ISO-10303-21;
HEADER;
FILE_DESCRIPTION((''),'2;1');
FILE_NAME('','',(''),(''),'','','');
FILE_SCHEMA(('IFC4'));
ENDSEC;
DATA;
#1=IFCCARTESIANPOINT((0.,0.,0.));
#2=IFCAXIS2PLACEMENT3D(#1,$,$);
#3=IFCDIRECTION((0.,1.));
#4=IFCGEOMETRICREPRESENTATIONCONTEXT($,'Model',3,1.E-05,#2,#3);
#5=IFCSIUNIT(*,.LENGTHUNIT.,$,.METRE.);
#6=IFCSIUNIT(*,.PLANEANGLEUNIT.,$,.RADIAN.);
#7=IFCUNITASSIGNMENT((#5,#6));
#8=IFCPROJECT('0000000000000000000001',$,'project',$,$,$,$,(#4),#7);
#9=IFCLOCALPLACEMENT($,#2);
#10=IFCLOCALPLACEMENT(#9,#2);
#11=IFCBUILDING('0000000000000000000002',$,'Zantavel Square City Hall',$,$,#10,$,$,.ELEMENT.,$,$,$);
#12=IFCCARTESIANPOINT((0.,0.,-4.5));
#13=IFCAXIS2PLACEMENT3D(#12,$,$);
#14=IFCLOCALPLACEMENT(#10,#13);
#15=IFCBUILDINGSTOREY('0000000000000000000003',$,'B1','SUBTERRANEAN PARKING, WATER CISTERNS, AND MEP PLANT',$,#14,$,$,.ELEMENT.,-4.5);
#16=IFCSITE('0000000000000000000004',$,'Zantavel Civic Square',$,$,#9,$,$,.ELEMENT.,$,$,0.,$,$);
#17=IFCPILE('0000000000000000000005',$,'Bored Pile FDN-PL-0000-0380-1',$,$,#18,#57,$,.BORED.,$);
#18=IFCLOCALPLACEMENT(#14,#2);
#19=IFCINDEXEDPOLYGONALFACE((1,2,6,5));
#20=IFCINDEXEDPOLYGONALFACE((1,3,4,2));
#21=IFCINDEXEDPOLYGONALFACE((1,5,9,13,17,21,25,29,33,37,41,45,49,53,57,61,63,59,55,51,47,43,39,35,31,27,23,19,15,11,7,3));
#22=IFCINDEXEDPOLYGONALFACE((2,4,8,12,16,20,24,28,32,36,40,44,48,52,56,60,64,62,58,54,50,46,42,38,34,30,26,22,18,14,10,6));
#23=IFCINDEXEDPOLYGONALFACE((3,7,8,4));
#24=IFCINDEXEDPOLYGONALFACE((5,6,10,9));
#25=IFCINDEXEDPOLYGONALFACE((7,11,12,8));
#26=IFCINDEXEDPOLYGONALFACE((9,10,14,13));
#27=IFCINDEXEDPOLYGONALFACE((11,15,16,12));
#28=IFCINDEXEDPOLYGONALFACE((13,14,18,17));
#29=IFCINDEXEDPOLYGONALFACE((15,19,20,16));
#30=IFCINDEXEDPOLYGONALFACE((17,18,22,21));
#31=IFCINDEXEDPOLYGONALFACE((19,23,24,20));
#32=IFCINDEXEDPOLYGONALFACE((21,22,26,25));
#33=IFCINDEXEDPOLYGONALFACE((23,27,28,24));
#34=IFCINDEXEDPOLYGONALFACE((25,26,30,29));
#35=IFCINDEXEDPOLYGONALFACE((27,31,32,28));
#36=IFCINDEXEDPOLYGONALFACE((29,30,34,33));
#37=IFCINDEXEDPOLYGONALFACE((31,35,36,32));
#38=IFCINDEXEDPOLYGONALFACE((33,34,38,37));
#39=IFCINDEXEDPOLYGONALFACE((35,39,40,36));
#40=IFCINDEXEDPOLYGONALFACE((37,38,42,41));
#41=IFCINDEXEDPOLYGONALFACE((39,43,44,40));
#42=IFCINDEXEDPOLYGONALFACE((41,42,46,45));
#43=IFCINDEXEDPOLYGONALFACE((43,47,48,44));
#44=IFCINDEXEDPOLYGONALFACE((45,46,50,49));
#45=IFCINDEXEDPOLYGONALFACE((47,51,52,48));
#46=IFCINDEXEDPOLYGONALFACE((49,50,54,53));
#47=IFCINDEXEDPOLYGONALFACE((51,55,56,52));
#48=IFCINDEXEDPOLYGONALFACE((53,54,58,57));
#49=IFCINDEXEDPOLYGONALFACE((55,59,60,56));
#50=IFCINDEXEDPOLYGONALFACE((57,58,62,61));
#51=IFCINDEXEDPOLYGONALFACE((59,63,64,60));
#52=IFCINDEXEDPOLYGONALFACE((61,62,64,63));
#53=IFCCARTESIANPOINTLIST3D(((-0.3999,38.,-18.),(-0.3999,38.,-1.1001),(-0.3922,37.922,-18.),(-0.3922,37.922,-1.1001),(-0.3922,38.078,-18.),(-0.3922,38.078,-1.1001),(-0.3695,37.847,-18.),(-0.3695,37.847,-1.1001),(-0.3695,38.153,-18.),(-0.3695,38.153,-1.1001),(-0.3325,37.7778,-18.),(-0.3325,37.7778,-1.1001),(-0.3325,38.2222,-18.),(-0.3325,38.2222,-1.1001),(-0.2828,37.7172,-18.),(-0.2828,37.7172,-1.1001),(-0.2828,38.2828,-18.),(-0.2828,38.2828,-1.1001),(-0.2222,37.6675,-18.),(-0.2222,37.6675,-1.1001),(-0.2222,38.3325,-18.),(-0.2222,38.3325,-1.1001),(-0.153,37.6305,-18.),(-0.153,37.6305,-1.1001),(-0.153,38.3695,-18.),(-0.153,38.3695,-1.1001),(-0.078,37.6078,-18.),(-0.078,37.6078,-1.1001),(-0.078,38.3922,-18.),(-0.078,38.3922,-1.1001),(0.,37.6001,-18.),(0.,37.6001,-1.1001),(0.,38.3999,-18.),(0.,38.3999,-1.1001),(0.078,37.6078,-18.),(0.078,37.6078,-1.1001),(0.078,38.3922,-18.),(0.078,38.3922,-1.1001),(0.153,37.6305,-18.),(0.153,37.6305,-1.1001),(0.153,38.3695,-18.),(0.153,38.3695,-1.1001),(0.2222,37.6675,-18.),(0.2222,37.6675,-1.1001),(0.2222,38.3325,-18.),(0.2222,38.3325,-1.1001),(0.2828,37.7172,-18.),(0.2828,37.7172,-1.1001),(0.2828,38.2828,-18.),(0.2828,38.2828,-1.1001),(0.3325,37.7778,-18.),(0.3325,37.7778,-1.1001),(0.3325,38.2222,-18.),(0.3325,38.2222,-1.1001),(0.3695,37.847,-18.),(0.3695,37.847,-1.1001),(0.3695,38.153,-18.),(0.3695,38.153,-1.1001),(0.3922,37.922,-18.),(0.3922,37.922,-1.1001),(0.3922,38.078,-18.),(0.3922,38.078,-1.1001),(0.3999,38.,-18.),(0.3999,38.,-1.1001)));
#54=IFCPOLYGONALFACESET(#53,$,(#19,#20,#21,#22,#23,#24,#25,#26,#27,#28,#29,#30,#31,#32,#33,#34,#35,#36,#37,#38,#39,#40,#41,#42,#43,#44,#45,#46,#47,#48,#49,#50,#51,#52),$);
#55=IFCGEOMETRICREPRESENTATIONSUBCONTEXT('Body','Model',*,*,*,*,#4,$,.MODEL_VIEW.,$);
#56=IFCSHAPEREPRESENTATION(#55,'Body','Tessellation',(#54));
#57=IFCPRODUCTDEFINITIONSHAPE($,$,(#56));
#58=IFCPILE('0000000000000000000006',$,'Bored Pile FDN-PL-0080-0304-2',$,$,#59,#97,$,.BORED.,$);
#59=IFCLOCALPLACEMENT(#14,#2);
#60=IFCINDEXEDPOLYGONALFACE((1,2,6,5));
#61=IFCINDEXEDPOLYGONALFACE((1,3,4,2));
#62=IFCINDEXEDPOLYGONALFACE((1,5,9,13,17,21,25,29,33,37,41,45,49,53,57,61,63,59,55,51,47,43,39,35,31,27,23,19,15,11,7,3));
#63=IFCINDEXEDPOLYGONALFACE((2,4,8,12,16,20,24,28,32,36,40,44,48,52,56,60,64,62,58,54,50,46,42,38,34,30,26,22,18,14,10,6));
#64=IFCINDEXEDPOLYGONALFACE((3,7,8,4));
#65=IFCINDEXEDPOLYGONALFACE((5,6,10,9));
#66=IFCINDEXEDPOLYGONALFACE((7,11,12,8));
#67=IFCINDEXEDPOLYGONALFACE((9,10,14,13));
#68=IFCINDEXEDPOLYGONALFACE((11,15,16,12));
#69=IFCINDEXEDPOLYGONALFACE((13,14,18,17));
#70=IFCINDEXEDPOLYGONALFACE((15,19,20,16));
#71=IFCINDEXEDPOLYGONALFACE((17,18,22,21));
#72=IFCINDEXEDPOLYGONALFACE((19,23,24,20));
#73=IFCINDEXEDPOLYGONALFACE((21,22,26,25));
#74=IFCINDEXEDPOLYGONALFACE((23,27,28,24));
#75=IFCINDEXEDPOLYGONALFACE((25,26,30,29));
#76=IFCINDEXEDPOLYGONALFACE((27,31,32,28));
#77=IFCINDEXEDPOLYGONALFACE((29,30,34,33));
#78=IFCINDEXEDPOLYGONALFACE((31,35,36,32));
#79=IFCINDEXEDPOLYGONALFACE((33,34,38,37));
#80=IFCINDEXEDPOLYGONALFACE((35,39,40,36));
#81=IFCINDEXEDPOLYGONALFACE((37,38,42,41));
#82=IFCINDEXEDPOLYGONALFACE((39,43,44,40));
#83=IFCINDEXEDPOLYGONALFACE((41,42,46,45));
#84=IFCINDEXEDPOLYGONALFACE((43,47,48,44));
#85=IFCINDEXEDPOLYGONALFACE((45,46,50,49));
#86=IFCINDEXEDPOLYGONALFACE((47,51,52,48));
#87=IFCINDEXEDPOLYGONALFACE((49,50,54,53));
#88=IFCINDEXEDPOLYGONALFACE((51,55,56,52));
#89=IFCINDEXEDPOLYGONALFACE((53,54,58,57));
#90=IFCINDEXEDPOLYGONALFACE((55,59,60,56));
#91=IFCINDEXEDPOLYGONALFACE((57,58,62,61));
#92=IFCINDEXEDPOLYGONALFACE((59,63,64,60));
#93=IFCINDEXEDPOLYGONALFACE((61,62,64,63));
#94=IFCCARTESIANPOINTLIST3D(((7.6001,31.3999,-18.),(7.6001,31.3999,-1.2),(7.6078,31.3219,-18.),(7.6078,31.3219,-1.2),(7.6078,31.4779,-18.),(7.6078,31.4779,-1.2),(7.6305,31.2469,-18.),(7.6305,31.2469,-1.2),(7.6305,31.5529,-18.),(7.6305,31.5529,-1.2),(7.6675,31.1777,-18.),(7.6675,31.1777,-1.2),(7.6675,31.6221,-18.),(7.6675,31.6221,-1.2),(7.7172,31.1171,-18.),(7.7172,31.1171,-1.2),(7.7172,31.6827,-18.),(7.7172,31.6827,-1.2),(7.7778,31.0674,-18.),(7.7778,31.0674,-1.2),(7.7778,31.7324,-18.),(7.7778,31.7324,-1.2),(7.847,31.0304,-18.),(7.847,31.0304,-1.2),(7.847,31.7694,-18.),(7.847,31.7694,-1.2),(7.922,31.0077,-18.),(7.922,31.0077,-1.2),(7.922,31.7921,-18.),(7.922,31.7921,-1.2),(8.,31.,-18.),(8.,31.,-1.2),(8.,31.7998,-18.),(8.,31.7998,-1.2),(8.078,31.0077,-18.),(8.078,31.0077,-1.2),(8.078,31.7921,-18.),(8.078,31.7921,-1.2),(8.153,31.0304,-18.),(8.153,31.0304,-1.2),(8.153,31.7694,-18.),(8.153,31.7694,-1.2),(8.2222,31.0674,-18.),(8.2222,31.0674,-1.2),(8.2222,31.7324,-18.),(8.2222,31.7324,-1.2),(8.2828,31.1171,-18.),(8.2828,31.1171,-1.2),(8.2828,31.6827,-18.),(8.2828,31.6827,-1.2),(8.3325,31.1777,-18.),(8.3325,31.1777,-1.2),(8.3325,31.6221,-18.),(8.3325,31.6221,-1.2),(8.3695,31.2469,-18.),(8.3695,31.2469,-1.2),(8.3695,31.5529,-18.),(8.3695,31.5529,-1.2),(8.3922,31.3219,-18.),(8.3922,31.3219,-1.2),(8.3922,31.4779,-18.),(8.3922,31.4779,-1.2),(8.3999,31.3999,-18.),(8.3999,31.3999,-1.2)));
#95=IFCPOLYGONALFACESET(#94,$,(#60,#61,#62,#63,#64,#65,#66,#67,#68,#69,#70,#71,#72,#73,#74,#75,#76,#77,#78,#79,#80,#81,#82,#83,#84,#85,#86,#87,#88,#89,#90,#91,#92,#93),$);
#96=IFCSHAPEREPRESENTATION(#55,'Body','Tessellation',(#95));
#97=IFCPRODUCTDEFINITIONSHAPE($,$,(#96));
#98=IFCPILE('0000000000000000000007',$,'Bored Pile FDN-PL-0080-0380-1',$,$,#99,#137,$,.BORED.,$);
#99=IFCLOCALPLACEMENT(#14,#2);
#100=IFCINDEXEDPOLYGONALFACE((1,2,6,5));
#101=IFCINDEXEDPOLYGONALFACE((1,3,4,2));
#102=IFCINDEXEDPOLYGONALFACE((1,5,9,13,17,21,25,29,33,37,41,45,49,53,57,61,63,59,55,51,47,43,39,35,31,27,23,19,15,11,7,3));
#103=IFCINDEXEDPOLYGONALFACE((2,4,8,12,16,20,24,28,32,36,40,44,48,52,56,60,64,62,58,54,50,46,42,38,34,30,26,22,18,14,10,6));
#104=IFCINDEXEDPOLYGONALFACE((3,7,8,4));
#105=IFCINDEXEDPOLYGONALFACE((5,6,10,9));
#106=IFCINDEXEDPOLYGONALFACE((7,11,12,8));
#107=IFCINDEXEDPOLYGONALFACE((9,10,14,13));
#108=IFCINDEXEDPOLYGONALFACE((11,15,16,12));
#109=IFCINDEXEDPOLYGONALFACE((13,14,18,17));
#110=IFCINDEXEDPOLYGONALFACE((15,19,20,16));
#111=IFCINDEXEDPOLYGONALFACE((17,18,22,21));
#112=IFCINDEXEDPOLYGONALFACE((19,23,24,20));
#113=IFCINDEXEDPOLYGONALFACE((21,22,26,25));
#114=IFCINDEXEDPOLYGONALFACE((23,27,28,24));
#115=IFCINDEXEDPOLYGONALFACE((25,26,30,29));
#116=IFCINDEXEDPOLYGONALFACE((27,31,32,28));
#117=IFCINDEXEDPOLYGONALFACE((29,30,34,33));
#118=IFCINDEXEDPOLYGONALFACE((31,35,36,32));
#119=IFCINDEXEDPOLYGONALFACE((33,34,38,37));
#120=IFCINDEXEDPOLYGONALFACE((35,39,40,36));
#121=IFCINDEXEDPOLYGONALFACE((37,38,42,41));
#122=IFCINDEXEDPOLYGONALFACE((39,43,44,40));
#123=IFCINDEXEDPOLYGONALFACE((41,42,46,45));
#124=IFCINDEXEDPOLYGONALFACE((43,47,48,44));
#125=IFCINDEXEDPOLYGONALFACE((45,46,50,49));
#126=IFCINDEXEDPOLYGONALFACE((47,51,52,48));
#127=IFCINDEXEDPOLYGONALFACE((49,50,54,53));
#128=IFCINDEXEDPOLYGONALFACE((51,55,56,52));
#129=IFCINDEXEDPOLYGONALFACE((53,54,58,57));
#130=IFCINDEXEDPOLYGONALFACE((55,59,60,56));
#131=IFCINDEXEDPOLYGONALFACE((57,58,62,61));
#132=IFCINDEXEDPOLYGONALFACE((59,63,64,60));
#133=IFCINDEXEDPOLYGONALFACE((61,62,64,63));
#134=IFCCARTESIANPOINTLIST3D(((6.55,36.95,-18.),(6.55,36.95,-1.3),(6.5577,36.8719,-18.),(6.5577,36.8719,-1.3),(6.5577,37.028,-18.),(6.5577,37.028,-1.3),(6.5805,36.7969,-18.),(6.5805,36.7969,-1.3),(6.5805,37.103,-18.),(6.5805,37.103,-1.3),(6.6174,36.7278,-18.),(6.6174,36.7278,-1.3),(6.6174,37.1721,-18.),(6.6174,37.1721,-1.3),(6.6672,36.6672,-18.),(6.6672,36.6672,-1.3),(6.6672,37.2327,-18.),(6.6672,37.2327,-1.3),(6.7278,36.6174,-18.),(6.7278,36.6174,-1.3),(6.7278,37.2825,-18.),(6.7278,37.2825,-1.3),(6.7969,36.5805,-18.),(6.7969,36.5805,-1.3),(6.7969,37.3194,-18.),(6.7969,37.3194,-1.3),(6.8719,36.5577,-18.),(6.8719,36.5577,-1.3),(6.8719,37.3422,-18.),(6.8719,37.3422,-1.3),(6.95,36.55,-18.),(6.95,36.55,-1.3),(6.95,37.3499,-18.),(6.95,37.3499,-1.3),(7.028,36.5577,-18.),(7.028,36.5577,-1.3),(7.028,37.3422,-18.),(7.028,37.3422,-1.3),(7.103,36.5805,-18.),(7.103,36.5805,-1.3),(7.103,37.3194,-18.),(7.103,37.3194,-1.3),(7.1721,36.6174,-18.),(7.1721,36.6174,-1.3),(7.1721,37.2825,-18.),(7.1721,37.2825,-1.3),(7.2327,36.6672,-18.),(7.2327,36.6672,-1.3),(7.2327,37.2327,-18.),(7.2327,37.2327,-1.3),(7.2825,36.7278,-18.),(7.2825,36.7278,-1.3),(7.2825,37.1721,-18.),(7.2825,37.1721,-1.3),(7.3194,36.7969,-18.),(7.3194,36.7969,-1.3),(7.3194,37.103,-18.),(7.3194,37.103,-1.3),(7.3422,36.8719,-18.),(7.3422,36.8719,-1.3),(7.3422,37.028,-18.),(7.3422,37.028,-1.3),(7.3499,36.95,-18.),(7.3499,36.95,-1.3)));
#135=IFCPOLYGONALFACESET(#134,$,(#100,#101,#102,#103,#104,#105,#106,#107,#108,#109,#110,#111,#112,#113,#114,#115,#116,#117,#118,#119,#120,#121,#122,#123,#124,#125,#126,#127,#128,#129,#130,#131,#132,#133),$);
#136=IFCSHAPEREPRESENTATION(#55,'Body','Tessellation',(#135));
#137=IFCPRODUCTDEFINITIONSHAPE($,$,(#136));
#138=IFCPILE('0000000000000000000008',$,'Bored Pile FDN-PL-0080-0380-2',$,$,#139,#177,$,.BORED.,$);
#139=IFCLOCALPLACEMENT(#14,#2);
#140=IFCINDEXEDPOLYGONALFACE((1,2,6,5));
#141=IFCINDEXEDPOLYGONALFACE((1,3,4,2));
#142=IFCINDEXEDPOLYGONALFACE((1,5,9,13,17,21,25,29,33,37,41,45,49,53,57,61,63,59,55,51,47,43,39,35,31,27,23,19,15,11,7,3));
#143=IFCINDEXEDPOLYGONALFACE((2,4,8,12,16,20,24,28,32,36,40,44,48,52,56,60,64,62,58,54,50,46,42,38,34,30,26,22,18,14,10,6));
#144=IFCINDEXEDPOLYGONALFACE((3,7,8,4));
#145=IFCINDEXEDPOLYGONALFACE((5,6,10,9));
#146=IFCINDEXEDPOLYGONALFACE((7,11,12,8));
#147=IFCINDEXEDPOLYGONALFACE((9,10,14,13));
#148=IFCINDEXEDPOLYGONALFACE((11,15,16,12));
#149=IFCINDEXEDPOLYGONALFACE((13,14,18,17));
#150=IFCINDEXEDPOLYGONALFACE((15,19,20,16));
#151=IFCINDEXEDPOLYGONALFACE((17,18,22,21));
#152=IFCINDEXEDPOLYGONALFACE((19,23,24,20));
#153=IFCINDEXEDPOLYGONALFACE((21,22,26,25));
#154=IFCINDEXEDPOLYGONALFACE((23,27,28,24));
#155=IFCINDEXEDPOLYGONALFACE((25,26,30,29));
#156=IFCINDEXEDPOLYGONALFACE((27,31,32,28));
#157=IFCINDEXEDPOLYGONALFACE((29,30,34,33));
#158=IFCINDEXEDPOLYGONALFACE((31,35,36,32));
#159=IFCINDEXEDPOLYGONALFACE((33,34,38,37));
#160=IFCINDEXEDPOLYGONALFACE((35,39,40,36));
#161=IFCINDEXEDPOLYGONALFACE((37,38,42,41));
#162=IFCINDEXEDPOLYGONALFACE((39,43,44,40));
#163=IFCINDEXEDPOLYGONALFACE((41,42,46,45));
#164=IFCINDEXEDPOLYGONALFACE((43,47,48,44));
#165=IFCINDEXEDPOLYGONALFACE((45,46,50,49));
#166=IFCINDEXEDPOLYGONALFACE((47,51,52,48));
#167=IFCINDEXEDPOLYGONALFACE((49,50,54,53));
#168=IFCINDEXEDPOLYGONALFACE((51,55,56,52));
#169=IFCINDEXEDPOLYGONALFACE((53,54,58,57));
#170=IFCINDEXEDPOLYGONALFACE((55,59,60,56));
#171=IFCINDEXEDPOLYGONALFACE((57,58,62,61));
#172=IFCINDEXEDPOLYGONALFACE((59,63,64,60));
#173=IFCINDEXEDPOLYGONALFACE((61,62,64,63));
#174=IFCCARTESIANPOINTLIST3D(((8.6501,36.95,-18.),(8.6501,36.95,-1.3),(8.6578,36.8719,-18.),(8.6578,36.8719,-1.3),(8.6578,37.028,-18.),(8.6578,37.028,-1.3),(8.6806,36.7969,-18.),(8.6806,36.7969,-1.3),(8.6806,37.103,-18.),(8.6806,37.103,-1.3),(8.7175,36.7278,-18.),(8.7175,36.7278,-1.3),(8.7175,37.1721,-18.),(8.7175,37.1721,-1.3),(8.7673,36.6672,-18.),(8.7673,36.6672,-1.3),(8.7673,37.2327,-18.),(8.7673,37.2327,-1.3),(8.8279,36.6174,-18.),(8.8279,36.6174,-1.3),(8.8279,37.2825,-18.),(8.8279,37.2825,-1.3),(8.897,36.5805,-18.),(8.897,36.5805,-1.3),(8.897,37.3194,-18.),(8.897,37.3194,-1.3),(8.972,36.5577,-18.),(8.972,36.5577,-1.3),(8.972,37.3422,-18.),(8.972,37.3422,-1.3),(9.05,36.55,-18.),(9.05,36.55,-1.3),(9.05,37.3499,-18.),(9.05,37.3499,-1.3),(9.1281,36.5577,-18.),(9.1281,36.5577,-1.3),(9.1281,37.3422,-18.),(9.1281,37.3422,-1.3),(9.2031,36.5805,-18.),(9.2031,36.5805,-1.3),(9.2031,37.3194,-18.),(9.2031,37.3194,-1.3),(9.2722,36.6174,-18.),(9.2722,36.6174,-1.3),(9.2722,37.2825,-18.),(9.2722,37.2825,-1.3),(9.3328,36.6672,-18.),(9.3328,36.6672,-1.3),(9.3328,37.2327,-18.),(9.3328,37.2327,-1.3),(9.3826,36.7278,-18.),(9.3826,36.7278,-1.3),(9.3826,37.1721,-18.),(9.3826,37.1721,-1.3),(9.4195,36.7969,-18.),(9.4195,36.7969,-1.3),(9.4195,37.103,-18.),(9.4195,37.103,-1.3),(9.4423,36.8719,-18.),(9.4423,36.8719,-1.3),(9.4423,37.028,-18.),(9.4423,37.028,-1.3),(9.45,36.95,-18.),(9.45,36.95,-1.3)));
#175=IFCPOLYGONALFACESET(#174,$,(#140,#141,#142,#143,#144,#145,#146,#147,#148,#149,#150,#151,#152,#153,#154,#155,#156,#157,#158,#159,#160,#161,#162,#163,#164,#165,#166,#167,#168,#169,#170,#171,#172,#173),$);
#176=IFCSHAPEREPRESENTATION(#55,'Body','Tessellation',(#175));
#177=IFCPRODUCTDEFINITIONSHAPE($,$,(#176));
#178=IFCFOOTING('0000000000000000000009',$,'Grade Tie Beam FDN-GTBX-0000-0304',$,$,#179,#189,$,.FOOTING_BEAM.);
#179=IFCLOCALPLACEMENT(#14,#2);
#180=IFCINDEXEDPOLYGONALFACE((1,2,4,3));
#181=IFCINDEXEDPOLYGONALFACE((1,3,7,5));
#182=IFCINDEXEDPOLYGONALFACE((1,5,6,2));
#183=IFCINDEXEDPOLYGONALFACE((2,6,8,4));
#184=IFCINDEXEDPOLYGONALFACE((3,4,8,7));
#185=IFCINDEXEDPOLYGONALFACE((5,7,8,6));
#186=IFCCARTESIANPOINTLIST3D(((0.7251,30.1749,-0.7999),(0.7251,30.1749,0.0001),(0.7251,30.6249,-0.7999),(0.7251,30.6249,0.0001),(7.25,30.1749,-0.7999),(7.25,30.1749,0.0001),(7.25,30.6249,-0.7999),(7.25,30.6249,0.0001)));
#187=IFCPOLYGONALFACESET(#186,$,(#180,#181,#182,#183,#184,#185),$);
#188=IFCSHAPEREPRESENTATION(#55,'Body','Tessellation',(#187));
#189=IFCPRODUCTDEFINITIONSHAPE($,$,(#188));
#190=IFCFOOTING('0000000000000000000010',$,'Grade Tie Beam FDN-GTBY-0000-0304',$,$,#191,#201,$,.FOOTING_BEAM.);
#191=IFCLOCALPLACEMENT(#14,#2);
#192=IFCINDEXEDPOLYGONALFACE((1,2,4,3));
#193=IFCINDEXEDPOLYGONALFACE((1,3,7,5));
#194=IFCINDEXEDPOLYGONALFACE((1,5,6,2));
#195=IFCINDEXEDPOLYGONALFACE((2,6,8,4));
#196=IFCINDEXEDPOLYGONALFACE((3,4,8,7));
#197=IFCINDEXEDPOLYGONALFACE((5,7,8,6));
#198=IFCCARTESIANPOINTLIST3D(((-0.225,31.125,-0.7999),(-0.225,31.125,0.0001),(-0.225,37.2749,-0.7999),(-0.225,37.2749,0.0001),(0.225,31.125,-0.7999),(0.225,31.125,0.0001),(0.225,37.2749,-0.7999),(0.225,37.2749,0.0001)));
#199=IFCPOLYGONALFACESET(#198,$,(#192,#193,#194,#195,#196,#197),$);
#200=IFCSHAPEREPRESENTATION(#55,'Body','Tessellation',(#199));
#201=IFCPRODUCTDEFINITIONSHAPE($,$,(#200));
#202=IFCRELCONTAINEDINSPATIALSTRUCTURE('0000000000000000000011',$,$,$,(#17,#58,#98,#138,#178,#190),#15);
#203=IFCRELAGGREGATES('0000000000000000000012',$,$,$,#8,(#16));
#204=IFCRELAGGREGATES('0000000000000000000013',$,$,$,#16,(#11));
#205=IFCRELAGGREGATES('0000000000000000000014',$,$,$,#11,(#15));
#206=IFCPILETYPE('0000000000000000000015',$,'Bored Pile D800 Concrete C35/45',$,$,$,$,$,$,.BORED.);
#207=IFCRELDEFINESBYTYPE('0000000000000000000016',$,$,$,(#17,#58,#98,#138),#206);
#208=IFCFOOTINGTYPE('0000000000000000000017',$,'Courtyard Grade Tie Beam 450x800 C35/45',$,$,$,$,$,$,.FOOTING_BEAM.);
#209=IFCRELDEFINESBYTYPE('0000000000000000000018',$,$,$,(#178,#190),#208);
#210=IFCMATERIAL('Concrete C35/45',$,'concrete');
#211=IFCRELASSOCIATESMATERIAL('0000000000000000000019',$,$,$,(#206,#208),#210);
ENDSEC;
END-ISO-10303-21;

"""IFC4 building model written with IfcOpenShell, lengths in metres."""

from ifc_helpers import new_model, si_unit, direction, frame, origin, origin_2d, place, context, subcontext, project, spatial, rectangle, circle, extrude, material, material_profile, profile_set, type_object, element, save


model = new_model("IFC4")

# Units and contexts
model_context = context("Model", 3, precision=1e-05, world=origin(), true_north=direction((0.0, 1.0)))
body_context = subcontext(model_context, "Body", "Model", "MODEL_VIEW")
ifc_project = project(units=[si_unit("LENGTHUNIT", "METRE"), si_unit("PLANEANGLEUNIT", "RADIAN")], contexts=[model_context])

# Site, building, storey
site_placement = place(None, origin())
site = spatial("IfcSite", under=ifc_project, at=site_placement, Name="Zantavel Civic Square", CompositionType="ELEMENT", RefElevation=0.0)
building_placement = place(site_placement, origin())
building = spatial("IfcBuilding", under=site, at=building_placement, Name="Zantavel Square City Hall", CompositionType="ELEMENT")
storey_placement = place(building_placement, frame((0.0, 0.0, -4.5)))
storey = spatial("IfcBuildingStorey", under=building, at=storey_placement, Name="B1", Description="SUBTERRANEAN PARKING, WATER CISTERNS, AND MEP PLANT", CompositionType="ELEMENT", Elevation=-4.5)

# Piles
ifc_material_1 = material(Name="Concrete C35/45", Category="concrete")
ifc_material_profile_1 = material_profile(ifc_material_1, circle(Radius=0.3999, at=origin_2d()), Name="PILE D800")
ifc_profile_set_1 = profile_set([ifc_material_profile_1], Name="Concrete C35/45")
pile_type = type_object("IfcPileType", Name="Bored Pile D800 Concrete C35/45", PredefinedType="BORED", material=ifc_profile_set_1)
pile_1_placement = place(storey_placement, frame((0.0, 38.0, -1.1001), z_axis=(0.0, 0.0, -1.0), x_axis=(1.0, 0.0, 0.0)))
element("IfcPile", 1, at=pile_1_placement, inside=storey, type_object=pile_type, Name="Bored Pile FDN-PL-0000-0380-1", PredefinedType="BORED", context=body_context, shape_type="SweptSolid", body=[
    extrude(circle(Radius=0.3999, at=origin_2d()), origin(), (0.0, 0.0, 1.0), 16.8999),
])
pile_2_placement = place(storey_placement, frame((8.0, 31.3999, -1.2), z_axis=(0.0, 0.0, -1.0), x_axis=(1.0, 0.0, 0.0)))
element("IfcPile", 2, at=pile_2_placement, inside=storey, type_object=pile_type, Name="Bored Pile FDN-PL-0080-0304-2", PredefinedType="BORED", context=body_context, shape_type="SweptSolid", body=[
    extrude(circle(Radius=0.3999, at=origin_2d()), origin(), (0.0, 0.0, 1.0), 16.8),
])
for number, where, z_axis, x_axis, name in (
    (3, (6.95, 36.95, -1.3), (0.0, 0.0, -1.0), (1.0, 0.0, 0.0), "Bored Pile FDN-PL-0080-0380-1"),
    (4, (9.05, 36.95, -1.3), (0.0, 0.0, -1.0), (1.0, 0.0, 0.0), "Bored Pile FDN-PL-0080-0380-2"),
):
    element("IfcPile", number, at=place(storey_placement, frame(where, z_axis=z_axis, x_axis=x_axis)), inside=storey, type_object=pile_type, Name=name, PredefinedType="BORED", context=body_context, shape_type="SweptSolid", body=[
        extrude(circle(Radius=0.3999, at=origin_2d()), origin(), (0.0, 0.0, 1.0), 16.7),
    ])

# Footings
ifc_material_profile_2 = material_profile(ifc_material_1, rectangle(XDim=0.45, YDim=0.8, at=origin_2d()), Name="RC 450x800")
ifc_profile_set_2 = profile_set([ifc_material_profile_2], Name="Concrete C35/45")
footing_type_1 = type_object("IfcFootingType", Name="Courtyard Grade Tie Beam 450x800 C35/45", PredefinedType="FOOTING_BEAM", material=ifc_profile_set_2)
footing_1_placement = place(storey_placement, frame((0.7251, 30.3999, -0.3999), z_axis=(1.0, 0.0, 0.0), x_axis=(0.0, 1.0, 0.0)))
element("IfcFooting", 5, at=footing_1_placement, inside=storey, type_object=footing_type_1, Name="Grade Tie Beam FDN-GTBX-0000-0304", PredefinedType="FOOTING_BEAM", context=body_context, shape_type="SweptSolid", body=[
    extrude(rectangle(XDim=0.45, YDim=0.8, at=origin_2d()), origin(), (0.0, 0.0, 1.0), 6.5249),
])
footing_2_placement = place(storey_placement, frame((0.0, 31.125, -0.3999), z_axis=(0.0, 1.0, 0.0), x_axis=(-1.0, 0.0, 0.0)))
element("IfcFooting", 6, at=footing_2_placement, inside=storey, type_object=footing_type_1, Name="Grade Tie Beam FDN-GTBY-0000-0304", PredefinedType="FOOTING_BEAM", context=body_context, shape_type="SweptSolid", body=[
    extrude(rectangle(XDim=0.45, YDim=0.8, at=origin_2d()), origin(), (0.0, 0.0, 1.0), 6.1499),
])

save(model, "model.ifc")
